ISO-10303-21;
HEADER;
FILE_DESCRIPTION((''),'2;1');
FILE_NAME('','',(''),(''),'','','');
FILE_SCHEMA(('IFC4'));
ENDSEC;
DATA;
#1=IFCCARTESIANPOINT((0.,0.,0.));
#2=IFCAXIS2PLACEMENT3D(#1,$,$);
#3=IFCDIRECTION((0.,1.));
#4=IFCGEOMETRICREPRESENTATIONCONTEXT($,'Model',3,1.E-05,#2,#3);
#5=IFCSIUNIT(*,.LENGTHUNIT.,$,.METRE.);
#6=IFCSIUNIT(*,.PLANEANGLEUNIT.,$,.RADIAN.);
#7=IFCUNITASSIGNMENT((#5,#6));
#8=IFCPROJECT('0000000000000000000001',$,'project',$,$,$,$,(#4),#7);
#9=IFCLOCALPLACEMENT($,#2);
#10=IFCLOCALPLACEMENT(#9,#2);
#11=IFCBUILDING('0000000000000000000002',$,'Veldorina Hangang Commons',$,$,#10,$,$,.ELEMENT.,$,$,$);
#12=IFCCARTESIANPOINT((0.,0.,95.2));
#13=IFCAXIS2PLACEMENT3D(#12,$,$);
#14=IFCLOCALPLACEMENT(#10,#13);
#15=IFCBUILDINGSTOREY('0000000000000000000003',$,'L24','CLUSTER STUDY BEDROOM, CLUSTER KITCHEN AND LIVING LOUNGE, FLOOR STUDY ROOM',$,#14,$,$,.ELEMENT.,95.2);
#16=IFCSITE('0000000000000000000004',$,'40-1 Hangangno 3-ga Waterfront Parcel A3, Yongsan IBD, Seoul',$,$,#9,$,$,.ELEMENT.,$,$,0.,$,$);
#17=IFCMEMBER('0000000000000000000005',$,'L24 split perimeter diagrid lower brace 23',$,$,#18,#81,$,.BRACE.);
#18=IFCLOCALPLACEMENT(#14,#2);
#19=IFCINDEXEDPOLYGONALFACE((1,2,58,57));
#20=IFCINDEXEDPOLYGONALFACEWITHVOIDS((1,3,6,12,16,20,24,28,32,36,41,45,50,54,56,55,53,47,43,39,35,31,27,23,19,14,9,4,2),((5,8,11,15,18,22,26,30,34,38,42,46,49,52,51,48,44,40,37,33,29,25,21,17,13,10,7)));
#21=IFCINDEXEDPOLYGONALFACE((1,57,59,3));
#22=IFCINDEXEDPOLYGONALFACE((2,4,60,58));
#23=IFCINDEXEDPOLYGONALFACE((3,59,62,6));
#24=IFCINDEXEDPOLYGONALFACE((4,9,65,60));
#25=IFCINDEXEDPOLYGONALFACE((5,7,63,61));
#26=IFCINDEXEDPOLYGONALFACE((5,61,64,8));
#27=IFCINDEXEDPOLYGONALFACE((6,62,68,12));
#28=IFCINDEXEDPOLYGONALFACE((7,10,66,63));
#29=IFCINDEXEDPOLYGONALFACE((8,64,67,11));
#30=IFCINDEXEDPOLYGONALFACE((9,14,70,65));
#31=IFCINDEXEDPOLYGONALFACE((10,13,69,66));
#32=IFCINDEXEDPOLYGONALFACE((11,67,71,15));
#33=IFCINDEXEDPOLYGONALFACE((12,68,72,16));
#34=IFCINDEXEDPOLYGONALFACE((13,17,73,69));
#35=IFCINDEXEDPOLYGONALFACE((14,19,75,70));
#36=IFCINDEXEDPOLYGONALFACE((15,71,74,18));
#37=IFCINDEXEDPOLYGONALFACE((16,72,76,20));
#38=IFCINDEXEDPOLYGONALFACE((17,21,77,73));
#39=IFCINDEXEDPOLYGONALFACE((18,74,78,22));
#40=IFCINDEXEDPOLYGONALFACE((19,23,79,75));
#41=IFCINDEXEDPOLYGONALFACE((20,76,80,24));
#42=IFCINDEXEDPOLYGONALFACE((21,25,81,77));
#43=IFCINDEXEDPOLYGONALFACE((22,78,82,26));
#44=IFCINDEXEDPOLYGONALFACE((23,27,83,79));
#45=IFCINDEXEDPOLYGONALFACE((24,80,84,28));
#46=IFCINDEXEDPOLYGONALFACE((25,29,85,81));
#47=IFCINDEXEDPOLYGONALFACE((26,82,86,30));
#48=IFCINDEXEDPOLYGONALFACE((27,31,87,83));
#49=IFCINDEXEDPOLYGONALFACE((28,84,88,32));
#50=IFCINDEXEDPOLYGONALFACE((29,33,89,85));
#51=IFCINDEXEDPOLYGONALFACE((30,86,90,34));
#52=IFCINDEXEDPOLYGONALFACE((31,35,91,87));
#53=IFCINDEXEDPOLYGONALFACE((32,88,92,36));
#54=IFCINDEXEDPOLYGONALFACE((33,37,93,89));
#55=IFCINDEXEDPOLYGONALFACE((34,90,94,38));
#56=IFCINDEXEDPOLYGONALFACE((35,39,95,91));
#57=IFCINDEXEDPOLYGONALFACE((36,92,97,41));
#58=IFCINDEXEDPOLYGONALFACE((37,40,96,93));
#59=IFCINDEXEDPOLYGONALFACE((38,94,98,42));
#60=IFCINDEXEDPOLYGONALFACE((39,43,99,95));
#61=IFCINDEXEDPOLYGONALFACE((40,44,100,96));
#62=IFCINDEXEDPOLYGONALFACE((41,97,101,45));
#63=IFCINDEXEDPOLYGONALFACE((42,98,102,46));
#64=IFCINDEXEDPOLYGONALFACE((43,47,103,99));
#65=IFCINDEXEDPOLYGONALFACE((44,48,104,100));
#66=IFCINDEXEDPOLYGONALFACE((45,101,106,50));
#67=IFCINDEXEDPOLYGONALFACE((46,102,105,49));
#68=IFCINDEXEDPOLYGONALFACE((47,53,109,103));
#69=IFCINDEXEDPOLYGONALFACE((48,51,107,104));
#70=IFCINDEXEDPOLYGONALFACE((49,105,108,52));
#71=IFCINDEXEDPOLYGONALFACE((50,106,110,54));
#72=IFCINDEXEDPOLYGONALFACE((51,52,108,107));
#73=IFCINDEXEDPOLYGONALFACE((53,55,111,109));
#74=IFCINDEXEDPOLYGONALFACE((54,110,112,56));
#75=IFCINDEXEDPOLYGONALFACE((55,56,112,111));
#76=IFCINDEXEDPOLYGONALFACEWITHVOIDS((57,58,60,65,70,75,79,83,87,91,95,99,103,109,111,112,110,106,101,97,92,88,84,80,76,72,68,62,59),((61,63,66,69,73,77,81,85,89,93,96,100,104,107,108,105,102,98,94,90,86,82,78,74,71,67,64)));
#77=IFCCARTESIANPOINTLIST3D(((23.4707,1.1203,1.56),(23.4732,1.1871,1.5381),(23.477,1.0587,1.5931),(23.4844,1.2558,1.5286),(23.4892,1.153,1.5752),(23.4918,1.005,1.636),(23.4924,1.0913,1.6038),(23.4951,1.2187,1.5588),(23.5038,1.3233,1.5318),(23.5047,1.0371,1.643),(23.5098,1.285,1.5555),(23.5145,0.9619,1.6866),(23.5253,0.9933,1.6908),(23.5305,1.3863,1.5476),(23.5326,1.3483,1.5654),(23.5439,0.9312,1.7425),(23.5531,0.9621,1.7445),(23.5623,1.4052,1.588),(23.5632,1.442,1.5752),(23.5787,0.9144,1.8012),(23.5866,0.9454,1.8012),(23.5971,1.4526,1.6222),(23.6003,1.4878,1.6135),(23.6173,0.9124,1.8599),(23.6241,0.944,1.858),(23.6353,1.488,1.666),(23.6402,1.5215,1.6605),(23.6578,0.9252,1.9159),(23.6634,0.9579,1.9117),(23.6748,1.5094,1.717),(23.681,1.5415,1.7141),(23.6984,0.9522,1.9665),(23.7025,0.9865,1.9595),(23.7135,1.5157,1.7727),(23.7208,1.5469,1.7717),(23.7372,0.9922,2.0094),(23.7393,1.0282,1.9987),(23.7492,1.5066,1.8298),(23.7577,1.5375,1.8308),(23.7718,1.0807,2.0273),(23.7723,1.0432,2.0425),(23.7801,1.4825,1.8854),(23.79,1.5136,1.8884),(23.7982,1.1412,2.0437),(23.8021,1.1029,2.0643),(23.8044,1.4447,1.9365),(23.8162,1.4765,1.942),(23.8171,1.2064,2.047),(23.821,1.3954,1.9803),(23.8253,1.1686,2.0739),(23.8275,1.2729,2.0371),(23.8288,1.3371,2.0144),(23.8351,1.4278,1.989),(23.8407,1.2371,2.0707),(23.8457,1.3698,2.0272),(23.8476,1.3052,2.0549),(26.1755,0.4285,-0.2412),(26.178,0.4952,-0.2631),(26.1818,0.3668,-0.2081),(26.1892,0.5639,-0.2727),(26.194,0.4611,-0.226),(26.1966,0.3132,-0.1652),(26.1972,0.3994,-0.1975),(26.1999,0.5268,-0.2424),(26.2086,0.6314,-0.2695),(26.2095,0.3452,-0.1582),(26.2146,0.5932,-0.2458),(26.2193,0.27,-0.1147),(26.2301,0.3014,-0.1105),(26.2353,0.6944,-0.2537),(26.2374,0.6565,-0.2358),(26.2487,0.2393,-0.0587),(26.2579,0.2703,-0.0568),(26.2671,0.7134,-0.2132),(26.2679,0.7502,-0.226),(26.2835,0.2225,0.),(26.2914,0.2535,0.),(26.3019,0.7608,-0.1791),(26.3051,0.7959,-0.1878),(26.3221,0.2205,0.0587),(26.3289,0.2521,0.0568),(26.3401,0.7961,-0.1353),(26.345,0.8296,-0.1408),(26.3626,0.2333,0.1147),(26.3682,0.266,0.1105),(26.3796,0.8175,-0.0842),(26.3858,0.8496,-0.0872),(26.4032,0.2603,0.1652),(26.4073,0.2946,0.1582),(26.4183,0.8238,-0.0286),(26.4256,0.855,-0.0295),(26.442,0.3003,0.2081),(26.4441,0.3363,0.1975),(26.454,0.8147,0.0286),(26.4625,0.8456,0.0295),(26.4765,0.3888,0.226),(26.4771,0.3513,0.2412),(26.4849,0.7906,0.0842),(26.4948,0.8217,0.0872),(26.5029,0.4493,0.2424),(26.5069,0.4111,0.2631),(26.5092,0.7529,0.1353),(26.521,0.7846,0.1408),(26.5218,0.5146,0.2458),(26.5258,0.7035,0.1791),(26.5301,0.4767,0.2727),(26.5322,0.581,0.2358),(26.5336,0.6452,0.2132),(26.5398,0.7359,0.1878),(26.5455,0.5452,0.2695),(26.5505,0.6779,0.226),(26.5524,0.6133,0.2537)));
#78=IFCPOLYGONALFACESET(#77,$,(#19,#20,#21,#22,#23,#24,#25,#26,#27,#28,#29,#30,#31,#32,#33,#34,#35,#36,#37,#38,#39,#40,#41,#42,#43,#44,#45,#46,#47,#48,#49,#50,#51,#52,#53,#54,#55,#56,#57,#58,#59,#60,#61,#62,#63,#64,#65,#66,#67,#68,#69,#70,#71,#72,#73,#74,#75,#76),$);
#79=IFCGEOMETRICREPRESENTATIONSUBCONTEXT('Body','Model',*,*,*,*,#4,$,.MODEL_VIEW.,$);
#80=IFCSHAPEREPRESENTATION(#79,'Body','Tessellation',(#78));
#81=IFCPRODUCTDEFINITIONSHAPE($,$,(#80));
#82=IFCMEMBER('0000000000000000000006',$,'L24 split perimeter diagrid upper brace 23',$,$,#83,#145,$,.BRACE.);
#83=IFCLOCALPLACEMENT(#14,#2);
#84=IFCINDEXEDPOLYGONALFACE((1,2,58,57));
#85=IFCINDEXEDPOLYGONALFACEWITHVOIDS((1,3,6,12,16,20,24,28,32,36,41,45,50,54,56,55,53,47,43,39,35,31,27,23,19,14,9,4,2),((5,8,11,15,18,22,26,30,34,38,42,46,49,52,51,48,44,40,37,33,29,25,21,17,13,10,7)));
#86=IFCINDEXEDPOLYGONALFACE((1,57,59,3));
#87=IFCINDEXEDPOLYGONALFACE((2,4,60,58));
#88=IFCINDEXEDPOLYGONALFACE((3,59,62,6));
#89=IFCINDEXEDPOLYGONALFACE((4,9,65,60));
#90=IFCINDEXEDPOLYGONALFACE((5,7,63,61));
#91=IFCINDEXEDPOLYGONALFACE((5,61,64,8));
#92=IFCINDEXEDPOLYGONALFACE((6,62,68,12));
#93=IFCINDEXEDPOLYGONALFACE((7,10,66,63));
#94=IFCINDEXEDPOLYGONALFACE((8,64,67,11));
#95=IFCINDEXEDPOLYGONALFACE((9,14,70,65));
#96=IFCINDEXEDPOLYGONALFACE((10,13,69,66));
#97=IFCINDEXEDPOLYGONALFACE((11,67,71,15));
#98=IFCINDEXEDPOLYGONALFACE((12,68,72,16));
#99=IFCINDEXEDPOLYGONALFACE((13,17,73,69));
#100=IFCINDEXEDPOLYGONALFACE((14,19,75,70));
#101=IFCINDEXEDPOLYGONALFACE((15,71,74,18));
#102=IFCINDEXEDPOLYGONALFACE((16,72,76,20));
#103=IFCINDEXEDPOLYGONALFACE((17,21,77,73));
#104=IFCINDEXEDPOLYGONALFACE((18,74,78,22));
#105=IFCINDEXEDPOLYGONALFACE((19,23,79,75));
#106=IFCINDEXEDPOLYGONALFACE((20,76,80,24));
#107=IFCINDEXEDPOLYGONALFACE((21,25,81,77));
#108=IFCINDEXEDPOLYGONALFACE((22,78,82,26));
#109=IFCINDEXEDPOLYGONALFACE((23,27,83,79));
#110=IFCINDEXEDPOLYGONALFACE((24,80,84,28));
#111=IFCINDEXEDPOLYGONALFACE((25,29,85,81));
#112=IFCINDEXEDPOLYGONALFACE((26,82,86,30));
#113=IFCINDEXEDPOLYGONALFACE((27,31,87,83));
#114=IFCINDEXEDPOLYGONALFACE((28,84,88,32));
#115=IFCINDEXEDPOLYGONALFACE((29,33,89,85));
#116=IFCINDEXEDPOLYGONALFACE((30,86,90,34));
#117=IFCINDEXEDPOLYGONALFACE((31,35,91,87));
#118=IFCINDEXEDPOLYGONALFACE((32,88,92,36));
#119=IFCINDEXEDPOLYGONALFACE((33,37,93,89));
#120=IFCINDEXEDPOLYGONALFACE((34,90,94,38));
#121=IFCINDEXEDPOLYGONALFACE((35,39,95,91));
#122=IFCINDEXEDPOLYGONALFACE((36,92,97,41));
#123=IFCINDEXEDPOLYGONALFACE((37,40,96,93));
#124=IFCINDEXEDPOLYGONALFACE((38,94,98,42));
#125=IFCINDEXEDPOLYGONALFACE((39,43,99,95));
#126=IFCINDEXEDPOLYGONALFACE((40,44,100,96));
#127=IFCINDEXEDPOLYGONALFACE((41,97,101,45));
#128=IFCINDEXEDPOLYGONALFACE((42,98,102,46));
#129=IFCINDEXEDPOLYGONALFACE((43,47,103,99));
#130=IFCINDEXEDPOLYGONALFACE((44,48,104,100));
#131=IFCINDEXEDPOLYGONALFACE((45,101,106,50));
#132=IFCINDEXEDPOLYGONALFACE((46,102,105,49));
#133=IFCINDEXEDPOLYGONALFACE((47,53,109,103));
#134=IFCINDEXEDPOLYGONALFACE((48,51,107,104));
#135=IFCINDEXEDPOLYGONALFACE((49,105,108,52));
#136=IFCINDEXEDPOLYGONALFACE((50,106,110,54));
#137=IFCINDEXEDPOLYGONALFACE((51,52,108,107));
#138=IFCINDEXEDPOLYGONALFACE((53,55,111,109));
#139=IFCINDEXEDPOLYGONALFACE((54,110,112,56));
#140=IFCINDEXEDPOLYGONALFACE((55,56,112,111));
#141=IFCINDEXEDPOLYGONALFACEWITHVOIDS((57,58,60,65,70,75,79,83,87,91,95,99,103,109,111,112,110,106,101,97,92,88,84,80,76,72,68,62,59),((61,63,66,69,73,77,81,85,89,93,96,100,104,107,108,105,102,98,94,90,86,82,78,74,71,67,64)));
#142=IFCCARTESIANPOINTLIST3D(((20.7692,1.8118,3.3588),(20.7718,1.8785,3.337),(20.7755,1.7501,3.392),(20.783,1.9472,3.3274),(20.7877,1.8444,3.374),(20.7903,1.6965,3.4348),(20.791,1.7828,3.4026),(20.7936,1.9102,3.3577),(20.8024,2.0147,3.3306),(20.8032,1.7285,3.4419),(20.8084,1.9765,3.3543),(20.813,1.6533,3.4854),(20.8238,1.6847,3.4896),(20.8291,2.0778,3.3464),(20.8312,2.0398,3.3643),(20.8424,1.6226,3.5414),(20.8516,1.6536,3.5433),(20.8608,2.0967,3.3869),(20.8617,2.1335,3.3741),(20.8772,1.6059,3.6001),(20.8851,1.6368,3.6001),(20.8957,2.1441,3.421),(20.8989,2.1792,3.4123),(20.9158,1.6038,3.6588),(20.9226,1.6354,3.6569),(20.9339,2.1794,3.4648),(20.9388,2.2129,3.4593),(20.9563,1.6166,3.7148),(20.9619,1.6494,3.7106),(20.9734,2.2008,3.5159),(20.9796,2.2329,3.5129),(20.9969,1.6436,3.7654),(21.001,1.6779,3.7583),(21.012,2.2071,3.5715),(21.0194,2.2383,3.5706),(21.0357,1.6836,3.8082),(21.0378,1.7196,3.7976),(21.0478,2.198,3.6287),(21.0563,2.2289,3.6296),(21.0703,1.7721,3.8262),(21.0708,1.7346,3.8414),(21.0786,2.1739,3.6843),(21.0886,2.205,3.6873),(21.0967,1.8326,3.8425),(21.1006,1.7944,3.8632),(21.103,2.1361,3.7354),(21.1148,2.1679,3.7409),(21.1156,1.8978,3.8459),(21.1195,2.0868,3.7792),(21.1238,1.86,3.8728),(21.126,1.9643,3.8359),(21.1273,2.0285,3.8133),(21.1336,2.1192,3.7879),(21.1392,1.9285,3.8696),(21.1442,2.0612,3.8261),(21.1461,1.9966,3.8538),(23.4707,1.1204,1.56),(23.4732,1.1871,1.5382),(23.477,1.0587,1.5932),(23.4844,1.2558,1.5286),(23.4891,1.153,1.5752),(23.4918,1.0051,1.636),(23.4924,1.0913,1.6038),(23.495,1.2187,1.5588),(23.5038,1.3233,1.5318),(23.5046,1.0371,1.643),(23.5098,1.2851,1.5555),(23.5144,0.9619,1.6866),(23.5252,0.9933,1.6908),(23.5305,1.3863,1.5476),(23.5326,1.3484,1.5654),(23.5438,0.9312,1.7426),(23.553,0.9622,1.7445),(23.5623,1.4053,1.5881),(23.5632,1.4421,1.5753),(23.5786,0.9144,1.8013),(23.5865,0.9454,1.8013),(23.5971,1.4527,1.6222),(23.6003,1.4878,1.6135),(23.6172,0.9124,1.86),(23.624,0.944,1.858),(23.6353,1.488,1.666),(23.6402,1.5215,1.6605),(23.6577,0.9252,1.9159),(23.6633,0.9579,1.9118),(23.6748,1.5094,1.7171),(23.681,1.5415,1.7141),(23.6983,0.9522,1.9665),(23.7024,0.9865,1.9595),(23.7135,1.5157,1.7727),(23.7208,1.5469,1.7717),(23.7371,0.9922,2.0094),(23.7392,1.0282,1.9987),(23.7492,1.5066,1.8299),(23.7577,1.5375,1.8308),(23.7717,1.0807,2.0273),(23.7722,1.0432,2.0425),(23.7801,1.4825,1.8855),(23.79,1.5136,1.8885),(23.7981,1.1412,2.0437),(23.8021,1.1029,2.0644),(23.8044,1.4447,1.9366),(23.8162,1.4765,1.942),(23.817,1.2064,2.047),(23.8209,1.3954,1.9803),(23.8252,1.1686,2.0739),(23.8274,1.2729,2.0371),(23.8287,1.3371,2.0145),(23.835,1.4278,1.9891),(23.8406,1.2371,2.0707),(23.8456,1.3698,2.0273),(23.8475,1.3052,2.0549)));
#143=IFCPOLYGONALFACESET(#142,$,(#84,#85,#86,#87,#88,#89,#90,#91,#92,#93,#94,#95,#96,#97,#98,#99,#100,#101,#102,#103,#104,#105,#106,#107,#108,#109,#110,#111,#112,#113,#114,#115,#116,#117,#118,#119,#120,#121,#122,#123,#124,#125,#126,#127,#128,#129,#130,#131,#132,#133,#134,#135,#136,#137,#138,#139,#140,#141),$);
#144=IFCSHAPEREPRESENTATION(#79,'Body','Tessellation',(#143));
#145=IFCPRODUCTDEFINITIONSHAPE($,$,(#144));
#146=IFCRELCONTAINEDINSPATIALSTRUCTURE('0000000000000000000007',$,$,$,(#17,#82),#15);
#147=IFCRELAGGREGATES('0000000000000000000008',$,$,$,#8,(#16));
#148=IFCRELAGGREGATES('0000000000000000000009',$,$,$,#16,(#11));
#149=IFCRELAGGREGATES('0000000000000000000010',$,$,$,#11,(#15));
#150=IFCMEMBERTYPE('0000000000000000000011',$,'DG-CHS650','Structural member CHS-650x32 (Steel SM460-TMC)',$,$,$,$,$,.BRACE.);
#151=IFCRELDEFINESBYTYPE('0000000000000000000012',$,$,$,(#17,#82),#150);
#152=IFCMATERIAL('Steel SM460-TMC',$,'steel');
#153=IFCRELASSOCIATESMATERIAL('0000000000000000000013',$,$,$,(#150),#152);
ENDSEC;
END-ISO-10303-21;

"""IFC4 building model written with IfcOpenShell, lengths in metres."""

from ifc_helpers import new_model, si_unit, direction, frame, origin, origin_2d, place, context, subcontext, project, spatial, hollow_circle, extrude, material, material_profile, profile_set, type_object, element, save


model = new_model("IFC4")

# Units and contexts
model_context = context("Model", 3, precision=1e-05, world=origin(), true_north=direction((0.0, 1.0)))
body_context = subcontext(model_context, "Body", "Model", "MODEL_VIEW")
ifc_project = project(units=[si_unit("LENGTHUNIT", "METRE"), si_unit("PLANEANGLEUNIT", "RADIAN")], contexts=[model_context])

# Site, building, storey
site_placement = place(None, origin())
site = spatial("IfcSite", under=ifc_project, at=site_placement, Name="40-1 Hangangno 3-ga Waterfront Parcel A3, Yongsan IBD, Seoul", CompositionType="ELEMENT", RefElevation=0.0)
building_placement = place(site_placement, origin())
building = spatial("IfcBuilding", under=site, at=building_placement, Name="Veldorina Hangang Commons", CompositionType="ELEMENT")
storey_placement = place(building_placement, frame((0.0, 0.0, 95.2)))
storey = spatial("IfcBuildingStorey", under=building, at=storey_placement, Name="L24", Description="CLUSTER STUDY BEDROOM, CLUSTER KITCHEN AND LIVING LOUNGE, FLOOR STUDY ROOM", CompositionType="ELEMENT", Elevation=95.2)

# Members
ifc_material_1 = material(Name="Steel SM460-TMC", Category="steel")
ifc_material_profile_1 = material_profile(ifc_material_1, hollow_circle(Radius=0.325, WallThickness=0.032, at=origin_2d()), Name="CHS-650x32")
ifc_profile_set_1 = profile_set([ifc_material_profile_1], Name="Steel SM460-TMC")
member_type_1 = type_object("IfcMemberType", Name="DG-CHS650", Description="Structural member CHS-650x32 (Steel SM460-TMC)", PredefinedType="BRACE", material=ifc_profile_set_1)
member_1_placement = place(storey_placement, frame((26.364, 0.5374, 0.0), z_axis=(-0.814081, 0.208241, 0.542133), x_axis=(-0.24782, -0.968806, 0.0)))
element("IfcMember", 1, at=member_1_placement, inside=storey, type_object=member_type_1, Name="L24 split perimeter diagrid lower brace 23", PredefinedType="BRACE", context=body_context, shape_type="SweptSolid", body=[
    extrude(hollow_circle(Radius=0.325, WallThickness=0.032, at=origin_2d()), origin(), (0.0, 0.0, 1.0), 3.3225),
])
member_2_placement = place(storey_placement, frame((23.6592, 1.2292, 1.8013), z_axis=(-0.814083, 0.208358, 0.542084), x_axis=(-0.24795, -0.968773, 0.0)))
element("IfcMember", 2, at=member_2_placement, inside=storey, type_object=member_type_1, Name="L24 split perimeter diagrid upper brace 23", PredefinedType="BRACE", context=body_context, shape_type="SweptSolid", body=[
    extrude(hollow_circle(Radius=0.325, WallThickness=0.032, at=origin_2d()), origin(), (0.0, 0.0, 1.0), 3.3184),
])

save(model, "model.ifc")
